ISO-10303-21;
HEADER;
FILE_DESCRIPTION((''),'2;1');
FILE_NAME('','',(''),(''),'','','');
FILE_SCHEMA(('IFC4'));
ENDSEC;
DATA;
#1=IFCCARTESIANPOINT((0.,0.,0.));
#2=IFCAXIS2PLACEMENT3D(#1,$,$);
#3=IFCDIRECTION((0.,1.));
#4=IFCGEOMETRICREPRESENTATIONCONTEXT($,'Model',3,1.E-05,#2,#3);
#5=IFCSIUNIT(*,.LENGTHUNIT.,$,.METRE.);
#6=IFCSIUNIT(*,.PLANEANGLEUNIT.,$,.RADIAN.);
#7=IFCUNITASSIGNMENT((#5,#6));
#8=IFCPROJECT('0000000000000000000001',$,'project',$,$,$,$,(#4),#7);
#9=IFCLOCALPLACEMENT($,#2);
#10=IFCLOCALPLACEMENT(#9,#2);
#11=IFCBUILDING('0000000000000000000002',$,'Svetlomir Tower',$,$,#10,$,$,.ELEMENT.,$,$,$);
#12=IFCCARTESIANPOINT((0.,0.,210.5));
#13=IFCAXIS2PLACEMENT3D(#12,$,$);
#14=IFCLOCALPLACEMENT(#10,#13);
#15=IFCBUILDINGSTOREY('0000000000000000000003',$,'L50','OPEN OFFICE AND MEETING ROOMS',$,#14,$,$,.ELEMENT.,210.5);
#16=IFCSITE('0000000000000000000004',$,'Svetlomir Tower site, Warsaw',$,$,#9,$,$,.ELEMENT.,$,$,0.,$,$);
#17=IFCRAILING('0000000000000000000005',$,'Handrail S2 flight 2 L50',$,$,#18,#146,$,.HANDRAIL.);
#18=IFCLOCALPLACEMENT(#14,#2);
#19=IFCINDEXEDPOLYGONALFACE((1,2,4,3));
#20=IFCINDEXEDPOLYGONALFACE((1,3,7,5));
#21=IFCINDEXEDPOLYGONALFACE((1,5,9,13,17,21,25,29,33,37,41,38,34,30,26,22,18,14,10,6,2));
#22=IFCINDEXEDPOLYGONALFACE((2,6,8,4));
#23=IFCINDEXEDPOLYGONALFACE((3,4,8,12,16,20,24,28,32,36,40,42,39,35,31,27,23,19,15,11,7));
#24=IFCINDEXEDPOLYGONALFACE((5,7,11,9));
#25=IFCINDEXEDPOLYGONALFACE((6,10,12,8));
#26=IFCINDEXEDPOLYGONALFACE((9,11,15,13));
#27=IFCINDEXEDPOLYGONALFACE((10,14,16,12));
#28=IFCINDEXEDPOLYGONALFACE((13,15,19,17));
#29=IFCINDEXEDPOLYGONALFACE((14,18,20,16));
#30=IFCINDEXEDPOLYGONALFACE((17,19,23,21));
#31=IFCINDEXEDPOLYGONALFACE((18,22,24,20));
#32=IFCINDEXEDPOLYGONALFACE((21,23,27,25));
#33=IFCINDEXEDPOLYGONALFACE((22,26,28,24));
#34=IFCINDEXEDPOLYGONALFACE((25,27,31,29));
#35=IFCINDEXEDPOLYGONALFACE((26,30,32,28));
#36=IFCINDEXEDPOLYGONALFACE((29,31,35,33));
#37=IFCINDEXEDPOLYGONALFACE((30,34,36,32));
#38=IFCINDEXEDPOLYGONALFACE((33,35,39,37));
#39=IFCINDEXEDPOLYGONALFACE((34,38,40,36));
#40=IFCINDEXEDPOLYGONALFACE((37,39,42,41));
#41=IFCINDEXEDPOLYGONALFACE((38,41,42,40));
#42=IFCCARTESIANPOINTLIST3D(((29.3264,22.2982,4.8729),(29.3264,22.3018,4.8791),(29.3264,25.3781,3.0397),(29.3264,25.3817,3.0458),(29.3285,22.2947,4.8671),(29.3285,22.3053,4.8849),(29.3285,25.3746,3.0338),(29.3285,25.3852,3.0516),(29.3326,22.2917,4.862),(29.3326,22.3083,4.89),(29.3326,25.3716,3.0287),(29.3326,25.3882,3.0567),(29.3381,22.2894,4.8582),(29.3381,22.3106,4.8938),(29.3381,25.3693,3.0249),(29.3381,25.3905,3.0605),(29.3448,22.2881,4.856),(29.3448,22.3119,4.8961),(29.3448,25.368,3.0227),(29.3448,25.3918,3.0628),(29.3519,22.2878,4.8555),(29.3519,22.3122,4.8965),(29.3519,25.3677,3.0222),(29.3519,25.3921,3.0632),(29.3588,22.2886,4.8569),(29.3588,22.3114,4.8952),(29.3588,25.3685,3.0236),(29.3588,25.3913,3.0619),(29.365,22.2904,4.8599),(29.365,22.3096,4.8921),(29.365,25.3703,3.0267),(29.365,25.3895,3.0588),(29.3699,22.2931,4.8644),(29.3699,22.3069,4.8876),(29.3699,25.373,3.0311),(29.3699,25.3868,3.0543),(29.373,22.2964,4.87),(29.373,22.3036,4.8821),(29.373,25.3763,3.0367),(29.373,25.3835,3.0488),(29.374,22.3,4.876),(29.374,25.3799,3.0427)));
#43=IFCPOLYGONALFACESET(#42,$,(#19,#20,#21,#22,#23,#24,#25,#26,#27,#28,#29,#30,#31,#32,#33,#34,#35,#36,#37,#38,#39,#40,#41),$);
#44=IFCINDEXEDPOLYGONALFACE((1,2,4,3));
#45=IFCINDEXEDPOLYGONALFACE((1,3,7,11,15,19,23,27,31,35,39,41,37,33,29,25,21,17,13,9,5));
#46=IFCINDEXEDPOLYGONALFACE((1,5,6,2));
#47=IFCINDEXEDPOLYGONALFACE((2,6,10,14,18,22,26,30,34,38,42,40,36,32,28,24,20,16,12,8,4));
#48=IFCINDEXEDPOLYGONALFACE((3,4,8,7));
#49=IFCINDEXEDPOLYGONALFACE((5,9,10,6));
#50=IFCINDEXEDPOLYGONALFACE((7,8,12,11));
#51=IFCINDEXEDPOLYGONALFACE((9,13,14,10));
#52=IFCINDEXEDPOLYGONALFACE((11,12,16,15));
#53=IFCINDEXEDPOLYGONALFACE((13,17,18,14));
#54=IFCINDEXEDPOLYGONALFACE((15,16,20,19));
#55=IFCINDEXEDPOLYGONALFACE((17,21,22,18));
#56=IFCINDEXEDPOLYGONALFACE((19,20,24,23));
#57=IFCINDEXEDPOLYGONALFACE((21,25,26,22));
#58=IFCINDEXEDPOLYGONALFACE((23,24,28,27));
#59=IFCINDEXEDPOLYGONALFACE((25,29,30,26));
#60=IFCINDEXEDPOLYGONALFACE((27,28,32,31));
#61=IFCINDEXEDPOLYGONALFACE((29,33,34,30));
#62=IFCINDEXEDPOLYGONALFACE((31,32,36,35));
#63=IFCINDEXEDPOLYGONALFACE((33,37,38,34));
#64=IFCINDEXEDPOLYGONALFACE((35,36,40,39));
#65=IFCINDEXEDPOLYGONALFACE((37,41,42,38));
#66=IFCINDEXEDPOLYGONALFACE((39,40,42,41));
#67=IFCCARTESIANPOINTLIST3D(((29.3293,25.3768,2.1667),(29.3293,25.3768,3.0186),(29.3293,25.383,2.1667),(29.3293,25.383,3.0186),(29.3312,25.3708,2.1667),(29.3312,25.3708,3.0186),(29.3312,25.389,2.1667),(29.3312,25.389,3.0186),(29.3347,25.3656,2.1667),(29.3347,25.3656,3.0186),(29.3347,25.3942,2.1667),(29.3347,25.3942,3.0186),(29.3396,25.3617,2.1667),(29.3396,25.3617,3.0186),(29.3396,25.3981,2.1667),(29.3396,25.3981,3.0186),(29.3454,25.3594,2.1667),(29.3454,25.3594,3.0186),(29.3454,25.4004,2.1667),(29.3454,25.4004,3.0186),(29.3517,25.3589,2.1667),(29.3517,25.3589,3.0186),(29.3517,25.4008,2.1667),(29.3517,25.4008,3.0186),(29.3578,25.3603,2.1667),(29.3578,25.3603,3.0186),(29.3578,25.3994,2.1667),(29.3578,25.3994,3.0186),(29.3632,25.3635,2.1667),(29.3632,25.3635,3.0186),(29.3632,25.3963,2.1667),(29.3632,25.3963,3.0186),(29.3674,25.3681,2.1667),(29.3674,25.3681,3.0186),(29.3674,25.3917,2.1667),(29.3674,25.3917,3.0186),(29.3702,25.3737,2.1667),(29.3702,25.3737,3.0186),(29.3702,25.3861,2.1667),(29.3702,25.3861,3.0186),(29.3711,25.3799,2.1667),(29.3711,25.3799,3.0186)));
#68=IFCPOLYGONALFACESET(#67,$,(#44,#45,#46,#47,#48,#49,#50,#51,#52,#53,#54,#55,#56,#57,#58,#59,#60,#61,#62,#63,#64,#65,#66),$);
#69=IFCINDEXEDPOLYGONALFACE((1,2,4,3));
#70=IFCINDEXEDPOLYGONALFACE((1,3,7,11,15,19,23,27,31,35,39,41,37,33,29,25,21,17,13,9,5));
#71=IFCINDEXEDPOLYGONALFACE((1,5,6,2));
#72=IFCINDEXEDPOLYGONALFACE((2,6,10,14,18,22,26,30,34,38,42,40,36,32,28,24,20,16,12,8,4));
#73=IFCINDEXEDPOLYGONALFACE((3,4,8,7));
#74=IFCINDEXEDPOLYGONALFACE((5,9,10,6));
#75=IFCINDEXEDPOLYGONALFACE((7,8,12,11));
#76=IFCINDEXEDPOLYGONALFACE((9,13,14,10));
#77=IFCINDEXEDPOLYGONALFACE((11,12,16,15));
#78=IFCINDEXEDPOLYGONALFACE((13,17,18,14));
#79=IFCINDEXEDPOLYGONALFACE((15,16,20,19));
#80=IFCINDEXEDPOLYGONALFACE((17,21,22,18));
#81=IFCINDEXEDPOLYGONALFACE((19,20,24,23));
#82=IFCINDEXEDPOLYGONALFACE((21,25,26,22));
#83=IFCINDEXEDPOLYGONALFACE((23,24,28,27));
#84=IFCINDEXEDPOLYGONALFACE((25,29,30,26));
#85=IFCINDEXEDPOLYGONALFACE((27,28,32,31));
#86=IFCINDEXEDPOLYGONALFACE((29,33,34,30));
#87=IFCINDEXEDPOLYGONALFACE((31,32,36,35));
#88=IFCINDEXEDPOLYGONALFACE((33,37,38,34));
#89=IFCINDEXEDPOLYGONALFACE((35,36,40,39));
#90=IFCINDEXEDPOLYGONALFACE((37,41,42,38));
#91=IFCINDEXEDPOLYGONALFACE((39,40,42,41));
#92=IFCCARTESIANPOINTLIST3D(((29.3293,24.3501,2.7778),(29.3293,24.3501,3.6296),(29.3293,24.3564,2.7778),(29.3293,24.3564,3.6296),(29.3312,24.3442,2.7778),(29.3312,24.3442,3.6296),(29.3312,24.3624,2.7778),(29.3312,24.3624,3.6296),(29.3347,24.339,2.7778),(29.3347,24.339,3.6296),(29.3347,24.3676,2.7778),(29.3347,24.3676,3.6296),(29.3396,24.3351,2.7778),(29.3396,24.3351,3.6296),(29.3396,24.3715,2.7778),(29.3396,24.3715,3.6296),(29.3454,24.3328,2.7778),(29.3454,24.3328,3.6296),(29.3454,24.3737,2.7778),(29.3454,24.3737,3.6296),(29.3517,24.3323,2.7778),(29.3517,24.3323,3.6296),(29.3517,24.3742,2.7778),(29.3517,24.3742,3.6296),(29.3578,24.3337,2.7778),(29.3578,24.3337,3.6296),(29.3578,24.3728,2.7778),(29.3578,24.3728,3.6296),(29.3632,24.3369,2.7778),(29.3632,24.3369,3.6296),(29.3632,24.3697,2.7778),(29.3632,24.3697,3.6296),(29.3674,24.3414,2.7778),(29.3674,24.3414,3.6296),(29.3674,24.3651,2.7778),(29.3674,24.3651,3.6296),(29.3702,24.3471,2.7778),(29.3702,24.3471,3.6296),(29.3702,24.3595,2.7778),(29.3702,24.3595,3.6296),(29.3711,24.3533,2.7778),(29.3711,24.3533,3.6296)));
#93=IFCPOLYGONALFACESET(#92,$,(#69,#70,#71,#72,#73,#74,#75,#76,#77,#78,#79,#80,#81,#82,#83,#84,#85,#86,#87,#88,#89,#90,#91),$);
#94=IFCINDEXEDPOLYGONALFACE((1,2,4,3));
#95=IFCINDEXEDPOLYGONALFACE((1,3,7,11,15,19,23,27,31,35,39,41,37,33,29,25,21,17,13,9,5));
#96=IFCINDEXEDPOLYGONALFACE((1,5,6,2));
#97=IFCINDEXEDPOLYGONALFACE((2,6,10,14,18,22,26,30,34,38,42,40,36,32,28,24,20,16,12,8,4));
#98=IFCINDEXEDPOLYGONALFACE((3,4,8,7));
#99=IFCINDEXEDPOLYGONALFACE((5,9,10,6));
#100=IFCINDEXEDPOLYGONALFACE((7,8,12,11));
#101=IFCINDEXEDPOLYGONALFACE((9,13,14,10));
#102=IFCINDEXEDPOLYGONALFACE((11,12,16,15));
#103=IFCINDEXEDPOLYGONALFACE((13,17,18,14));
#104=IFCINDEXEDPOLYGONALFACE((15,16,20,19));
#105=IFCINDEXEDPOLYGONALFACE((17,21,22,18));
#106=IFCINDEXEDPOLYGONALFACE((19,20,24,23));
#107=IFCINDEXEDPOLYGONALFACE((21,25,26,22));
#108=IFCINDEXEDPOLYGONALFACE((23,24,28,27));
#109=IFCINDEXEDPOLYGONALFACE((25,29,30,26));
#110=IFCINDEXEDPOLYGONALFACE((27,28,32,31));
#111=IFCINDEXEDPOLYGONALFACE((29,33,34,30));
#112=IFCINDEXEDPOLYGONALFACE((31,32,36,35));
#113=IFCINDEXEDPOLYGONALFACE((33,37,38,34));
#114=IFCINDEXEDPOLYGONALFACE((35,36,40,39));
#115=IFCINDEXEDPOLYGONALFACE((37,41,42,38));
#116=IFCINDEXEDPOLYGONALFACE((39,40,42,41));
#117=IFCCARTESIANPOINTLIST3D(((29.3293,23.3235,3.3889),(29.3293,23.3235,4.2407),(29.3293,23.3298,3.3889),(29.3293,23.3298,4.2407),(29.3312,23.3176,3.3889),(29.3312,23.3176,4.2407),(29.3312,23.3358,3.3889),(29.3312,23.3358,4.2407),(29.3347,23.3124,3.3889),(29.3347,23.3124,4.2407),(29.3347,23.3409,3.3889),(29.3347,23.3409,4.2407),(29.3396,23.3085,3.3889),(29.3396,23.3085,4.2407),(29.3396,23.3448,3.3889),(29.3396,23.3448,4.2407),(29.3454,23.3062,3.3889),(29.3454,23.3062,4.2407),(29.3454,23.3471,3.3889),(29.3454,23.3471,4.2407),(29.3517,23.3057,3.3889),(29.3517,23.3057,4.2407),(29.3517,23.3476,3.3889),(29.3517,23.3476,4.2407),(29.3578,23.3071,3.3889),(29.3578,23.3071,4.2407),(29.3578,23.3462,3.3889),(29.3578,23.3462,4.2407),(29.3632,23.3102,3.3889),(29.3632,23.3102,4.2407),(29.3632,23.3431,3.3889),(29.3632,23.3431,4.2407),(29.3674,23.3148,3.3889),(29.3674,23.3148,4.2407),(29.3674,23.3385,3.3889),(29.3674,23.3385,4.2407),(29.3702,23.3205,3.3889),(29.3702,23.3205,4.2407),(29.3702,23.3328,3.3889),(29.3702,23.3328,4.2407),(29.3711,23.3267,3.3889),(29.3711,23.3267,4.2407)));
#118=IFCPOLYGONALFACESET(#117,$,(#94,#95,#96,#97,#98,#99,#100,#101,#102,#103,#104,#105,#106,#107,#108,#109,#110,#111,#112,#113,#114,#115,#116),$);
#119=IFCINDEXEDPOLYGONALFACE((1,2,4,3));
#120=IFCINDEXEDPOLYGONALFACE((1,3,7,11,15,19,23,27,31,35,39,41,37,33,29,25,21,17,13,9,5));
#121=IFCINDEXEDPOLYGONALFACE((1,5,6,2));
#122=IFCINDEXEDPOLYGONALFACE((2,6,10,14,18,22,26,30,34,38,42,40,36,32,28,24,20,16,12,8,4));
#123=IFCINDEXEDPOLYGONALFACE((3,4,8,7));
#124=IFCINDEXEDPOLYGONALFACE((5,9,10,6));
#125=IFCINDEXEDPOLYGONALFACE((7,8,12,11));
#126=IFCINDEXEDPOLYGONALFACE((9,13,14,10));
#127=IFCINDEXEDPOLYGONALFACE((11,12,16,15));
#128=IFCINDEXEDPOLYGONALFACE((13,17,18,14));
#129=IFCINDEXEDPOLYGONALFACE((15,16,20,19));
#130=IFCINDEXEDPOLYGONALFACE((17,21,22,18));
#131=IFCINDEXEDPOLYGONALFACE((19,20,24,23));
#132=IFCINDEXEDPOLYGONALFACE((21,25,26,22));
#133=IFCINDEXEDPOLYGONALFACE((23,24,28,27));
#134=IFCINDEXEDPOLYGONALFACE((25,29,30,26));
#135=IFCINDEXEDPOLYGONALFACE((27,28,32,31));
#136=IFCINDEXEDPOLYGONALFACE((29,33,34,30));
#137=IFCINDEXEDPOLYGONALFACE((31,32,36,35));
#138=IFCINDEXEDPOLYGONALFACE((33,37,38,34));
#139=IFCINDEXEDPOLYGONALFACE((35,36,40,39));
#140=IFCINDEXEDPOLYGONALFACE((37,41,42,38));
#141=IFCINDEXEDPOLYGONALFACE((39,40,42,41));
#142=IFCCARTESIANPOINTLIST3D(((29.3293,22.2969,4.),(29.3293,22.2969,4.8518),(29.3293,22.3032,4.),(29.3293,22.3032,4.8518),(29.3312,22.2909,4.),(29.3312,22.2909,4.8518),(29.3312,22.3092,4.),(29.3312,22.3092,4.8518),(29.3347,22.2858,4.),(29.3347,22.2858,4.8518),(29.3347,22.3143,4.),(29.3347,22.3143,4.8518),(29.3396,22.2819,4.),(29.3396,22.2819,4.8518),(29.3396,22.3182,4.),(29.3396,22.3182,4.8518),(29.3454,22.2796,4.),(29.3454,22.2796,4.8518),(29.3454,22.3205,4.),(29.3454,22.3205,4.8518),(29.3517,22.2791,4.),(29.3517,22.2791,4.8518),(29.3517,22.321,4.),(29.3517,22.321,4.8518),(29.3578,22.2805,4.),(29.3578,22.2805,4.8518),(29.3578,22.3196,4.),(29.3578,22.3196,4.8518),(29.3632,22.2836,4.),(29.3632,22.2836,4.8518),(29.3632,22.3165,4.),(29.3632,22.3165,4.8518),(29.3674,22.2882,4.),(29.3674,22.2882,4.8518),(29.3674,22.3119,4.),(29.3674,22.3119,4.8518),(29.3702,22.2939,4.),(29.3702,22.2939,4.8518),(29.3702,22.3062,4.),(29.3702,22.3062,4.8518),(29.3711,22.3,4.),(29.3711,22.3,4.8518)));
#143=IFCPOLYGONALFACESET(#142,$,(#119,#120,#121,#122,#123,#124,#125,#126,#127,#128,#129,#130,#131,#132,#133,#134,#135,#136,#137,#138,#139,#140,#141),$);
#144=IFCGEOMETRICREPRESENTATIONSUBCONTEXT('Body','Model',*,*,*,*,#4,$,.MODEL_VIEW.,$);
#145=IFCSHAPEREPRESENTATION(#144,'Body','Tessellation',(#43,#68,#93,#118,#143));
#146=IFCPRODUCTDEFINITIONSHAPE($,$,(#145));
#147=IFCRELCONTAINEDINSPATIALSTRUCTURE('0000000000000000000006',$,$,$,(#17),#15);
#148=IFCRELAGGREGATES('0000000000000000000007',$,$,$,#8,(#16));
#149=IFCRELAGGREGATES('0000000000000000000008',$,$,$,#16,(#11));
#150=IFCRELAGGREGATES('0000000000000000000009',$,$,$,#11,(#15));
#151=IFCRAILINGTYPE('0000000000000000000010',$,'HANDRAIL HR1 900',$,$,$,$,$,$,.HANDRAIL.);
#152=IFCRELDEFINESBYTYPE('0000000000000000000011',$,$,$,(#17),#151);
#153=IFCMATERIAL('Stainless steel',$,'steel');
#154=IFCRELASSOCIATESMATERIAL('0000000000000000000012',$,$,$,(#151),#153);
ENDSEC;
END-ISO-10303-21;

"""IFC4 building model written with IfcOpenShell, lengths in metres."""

from ifc_helpers import new_model, si_unit, direction, frame, origin, origin_2d, place, context, subcontext, project, spatial, circle, extrude, material, type_object, element, save


model = new_model("IFC4")

# Units and contexts
model_context = context("Model", 3, precision=1e-05, world=origin(), true_north=direction((0.0, 1.0)))
body_context = subcontext(model_context, "Body", "Model", "MODEL_VIEW")
ifc_project = project(units=[si_unit("LENGTHUNIT", "METRE"), si_unit("PLANEANGLEUNIT", "RADIAN")], contexts=[model_context])

# Site, building, storey
site_placement = place(None, origin())
site = spatial("IfcSite", under=ifc_project, at=site_placement, Name="Svetlomir Tower site, Warsaw", CompositionType="ELEMENT", RefElevation=0.0)
building_placement = place(site_placement, origin())
building = spatial("IfcBuilding", under=site, at=building_placement, Name="Svetlomir Tower", CompositionType="ELEMENT")
storey_placement = place(building_placement, frame((0.0, 0.0, 210.5)))
storey = spatial("IfcBuildingStorey", under=building, at=storey_placement, Name="L50", Description="OPEN OFFICE AND MEETING ROOMS", CompositionType="ELEMENT", Elevation=210.5)

# Railing
ifc_material_1 = material(Name="Stainless steel", Category="steel")
railing_type = type_object("IfcRailingType", Name="HANDRAIL HR1 900", PredefinedType="HANDRAIL", material=ifc_material_1)
railing_1_placement = place(storey_placement, frame((29.3501, 25.3799, 2.1667)))
element("IfcRailing", 1, at=railing_1_placement, inside=storey, type_object=railing_type, Name="Handrail S2 flight 2 L50", PredefinedType="HANDRAIL", context=body_context, shape_type="SweptSolid", body=[
    extrude(circle(Radius=0.0239, at=origin_2d()), frame((0.0, 0.0, 0.876), z_axis=(0.0, -0.859291, 0.511487), x_axis=(1.0, 0.0, 0.0)), (0.0, 0.0, 1.0), 3.5842),
    extrude(circle(Radius=0.021, at=origin_2d()), origin(), (0.0, 0.0, 1.0), 0.8518),
    extrude(circle(Radius=0.021, at=origin_2d()), frame((0.0, -1.0266, 0.6111)), (0.0, 0.0, 1.0), 0.8518),
    extrude(circle(Radius=0.021, at=origin_2d()), frame((0.0, -2.0532, 1.2222)), (0.0, 0.0, 1.0), 0.8518),
    extrude(circle(Radius=0.021, at=origin_2d()), frame((0.0, -3.0798, 1.8333)), (0.0, 0.0, 1.0), 0.8518),
])

save(model, "model.ifc")
